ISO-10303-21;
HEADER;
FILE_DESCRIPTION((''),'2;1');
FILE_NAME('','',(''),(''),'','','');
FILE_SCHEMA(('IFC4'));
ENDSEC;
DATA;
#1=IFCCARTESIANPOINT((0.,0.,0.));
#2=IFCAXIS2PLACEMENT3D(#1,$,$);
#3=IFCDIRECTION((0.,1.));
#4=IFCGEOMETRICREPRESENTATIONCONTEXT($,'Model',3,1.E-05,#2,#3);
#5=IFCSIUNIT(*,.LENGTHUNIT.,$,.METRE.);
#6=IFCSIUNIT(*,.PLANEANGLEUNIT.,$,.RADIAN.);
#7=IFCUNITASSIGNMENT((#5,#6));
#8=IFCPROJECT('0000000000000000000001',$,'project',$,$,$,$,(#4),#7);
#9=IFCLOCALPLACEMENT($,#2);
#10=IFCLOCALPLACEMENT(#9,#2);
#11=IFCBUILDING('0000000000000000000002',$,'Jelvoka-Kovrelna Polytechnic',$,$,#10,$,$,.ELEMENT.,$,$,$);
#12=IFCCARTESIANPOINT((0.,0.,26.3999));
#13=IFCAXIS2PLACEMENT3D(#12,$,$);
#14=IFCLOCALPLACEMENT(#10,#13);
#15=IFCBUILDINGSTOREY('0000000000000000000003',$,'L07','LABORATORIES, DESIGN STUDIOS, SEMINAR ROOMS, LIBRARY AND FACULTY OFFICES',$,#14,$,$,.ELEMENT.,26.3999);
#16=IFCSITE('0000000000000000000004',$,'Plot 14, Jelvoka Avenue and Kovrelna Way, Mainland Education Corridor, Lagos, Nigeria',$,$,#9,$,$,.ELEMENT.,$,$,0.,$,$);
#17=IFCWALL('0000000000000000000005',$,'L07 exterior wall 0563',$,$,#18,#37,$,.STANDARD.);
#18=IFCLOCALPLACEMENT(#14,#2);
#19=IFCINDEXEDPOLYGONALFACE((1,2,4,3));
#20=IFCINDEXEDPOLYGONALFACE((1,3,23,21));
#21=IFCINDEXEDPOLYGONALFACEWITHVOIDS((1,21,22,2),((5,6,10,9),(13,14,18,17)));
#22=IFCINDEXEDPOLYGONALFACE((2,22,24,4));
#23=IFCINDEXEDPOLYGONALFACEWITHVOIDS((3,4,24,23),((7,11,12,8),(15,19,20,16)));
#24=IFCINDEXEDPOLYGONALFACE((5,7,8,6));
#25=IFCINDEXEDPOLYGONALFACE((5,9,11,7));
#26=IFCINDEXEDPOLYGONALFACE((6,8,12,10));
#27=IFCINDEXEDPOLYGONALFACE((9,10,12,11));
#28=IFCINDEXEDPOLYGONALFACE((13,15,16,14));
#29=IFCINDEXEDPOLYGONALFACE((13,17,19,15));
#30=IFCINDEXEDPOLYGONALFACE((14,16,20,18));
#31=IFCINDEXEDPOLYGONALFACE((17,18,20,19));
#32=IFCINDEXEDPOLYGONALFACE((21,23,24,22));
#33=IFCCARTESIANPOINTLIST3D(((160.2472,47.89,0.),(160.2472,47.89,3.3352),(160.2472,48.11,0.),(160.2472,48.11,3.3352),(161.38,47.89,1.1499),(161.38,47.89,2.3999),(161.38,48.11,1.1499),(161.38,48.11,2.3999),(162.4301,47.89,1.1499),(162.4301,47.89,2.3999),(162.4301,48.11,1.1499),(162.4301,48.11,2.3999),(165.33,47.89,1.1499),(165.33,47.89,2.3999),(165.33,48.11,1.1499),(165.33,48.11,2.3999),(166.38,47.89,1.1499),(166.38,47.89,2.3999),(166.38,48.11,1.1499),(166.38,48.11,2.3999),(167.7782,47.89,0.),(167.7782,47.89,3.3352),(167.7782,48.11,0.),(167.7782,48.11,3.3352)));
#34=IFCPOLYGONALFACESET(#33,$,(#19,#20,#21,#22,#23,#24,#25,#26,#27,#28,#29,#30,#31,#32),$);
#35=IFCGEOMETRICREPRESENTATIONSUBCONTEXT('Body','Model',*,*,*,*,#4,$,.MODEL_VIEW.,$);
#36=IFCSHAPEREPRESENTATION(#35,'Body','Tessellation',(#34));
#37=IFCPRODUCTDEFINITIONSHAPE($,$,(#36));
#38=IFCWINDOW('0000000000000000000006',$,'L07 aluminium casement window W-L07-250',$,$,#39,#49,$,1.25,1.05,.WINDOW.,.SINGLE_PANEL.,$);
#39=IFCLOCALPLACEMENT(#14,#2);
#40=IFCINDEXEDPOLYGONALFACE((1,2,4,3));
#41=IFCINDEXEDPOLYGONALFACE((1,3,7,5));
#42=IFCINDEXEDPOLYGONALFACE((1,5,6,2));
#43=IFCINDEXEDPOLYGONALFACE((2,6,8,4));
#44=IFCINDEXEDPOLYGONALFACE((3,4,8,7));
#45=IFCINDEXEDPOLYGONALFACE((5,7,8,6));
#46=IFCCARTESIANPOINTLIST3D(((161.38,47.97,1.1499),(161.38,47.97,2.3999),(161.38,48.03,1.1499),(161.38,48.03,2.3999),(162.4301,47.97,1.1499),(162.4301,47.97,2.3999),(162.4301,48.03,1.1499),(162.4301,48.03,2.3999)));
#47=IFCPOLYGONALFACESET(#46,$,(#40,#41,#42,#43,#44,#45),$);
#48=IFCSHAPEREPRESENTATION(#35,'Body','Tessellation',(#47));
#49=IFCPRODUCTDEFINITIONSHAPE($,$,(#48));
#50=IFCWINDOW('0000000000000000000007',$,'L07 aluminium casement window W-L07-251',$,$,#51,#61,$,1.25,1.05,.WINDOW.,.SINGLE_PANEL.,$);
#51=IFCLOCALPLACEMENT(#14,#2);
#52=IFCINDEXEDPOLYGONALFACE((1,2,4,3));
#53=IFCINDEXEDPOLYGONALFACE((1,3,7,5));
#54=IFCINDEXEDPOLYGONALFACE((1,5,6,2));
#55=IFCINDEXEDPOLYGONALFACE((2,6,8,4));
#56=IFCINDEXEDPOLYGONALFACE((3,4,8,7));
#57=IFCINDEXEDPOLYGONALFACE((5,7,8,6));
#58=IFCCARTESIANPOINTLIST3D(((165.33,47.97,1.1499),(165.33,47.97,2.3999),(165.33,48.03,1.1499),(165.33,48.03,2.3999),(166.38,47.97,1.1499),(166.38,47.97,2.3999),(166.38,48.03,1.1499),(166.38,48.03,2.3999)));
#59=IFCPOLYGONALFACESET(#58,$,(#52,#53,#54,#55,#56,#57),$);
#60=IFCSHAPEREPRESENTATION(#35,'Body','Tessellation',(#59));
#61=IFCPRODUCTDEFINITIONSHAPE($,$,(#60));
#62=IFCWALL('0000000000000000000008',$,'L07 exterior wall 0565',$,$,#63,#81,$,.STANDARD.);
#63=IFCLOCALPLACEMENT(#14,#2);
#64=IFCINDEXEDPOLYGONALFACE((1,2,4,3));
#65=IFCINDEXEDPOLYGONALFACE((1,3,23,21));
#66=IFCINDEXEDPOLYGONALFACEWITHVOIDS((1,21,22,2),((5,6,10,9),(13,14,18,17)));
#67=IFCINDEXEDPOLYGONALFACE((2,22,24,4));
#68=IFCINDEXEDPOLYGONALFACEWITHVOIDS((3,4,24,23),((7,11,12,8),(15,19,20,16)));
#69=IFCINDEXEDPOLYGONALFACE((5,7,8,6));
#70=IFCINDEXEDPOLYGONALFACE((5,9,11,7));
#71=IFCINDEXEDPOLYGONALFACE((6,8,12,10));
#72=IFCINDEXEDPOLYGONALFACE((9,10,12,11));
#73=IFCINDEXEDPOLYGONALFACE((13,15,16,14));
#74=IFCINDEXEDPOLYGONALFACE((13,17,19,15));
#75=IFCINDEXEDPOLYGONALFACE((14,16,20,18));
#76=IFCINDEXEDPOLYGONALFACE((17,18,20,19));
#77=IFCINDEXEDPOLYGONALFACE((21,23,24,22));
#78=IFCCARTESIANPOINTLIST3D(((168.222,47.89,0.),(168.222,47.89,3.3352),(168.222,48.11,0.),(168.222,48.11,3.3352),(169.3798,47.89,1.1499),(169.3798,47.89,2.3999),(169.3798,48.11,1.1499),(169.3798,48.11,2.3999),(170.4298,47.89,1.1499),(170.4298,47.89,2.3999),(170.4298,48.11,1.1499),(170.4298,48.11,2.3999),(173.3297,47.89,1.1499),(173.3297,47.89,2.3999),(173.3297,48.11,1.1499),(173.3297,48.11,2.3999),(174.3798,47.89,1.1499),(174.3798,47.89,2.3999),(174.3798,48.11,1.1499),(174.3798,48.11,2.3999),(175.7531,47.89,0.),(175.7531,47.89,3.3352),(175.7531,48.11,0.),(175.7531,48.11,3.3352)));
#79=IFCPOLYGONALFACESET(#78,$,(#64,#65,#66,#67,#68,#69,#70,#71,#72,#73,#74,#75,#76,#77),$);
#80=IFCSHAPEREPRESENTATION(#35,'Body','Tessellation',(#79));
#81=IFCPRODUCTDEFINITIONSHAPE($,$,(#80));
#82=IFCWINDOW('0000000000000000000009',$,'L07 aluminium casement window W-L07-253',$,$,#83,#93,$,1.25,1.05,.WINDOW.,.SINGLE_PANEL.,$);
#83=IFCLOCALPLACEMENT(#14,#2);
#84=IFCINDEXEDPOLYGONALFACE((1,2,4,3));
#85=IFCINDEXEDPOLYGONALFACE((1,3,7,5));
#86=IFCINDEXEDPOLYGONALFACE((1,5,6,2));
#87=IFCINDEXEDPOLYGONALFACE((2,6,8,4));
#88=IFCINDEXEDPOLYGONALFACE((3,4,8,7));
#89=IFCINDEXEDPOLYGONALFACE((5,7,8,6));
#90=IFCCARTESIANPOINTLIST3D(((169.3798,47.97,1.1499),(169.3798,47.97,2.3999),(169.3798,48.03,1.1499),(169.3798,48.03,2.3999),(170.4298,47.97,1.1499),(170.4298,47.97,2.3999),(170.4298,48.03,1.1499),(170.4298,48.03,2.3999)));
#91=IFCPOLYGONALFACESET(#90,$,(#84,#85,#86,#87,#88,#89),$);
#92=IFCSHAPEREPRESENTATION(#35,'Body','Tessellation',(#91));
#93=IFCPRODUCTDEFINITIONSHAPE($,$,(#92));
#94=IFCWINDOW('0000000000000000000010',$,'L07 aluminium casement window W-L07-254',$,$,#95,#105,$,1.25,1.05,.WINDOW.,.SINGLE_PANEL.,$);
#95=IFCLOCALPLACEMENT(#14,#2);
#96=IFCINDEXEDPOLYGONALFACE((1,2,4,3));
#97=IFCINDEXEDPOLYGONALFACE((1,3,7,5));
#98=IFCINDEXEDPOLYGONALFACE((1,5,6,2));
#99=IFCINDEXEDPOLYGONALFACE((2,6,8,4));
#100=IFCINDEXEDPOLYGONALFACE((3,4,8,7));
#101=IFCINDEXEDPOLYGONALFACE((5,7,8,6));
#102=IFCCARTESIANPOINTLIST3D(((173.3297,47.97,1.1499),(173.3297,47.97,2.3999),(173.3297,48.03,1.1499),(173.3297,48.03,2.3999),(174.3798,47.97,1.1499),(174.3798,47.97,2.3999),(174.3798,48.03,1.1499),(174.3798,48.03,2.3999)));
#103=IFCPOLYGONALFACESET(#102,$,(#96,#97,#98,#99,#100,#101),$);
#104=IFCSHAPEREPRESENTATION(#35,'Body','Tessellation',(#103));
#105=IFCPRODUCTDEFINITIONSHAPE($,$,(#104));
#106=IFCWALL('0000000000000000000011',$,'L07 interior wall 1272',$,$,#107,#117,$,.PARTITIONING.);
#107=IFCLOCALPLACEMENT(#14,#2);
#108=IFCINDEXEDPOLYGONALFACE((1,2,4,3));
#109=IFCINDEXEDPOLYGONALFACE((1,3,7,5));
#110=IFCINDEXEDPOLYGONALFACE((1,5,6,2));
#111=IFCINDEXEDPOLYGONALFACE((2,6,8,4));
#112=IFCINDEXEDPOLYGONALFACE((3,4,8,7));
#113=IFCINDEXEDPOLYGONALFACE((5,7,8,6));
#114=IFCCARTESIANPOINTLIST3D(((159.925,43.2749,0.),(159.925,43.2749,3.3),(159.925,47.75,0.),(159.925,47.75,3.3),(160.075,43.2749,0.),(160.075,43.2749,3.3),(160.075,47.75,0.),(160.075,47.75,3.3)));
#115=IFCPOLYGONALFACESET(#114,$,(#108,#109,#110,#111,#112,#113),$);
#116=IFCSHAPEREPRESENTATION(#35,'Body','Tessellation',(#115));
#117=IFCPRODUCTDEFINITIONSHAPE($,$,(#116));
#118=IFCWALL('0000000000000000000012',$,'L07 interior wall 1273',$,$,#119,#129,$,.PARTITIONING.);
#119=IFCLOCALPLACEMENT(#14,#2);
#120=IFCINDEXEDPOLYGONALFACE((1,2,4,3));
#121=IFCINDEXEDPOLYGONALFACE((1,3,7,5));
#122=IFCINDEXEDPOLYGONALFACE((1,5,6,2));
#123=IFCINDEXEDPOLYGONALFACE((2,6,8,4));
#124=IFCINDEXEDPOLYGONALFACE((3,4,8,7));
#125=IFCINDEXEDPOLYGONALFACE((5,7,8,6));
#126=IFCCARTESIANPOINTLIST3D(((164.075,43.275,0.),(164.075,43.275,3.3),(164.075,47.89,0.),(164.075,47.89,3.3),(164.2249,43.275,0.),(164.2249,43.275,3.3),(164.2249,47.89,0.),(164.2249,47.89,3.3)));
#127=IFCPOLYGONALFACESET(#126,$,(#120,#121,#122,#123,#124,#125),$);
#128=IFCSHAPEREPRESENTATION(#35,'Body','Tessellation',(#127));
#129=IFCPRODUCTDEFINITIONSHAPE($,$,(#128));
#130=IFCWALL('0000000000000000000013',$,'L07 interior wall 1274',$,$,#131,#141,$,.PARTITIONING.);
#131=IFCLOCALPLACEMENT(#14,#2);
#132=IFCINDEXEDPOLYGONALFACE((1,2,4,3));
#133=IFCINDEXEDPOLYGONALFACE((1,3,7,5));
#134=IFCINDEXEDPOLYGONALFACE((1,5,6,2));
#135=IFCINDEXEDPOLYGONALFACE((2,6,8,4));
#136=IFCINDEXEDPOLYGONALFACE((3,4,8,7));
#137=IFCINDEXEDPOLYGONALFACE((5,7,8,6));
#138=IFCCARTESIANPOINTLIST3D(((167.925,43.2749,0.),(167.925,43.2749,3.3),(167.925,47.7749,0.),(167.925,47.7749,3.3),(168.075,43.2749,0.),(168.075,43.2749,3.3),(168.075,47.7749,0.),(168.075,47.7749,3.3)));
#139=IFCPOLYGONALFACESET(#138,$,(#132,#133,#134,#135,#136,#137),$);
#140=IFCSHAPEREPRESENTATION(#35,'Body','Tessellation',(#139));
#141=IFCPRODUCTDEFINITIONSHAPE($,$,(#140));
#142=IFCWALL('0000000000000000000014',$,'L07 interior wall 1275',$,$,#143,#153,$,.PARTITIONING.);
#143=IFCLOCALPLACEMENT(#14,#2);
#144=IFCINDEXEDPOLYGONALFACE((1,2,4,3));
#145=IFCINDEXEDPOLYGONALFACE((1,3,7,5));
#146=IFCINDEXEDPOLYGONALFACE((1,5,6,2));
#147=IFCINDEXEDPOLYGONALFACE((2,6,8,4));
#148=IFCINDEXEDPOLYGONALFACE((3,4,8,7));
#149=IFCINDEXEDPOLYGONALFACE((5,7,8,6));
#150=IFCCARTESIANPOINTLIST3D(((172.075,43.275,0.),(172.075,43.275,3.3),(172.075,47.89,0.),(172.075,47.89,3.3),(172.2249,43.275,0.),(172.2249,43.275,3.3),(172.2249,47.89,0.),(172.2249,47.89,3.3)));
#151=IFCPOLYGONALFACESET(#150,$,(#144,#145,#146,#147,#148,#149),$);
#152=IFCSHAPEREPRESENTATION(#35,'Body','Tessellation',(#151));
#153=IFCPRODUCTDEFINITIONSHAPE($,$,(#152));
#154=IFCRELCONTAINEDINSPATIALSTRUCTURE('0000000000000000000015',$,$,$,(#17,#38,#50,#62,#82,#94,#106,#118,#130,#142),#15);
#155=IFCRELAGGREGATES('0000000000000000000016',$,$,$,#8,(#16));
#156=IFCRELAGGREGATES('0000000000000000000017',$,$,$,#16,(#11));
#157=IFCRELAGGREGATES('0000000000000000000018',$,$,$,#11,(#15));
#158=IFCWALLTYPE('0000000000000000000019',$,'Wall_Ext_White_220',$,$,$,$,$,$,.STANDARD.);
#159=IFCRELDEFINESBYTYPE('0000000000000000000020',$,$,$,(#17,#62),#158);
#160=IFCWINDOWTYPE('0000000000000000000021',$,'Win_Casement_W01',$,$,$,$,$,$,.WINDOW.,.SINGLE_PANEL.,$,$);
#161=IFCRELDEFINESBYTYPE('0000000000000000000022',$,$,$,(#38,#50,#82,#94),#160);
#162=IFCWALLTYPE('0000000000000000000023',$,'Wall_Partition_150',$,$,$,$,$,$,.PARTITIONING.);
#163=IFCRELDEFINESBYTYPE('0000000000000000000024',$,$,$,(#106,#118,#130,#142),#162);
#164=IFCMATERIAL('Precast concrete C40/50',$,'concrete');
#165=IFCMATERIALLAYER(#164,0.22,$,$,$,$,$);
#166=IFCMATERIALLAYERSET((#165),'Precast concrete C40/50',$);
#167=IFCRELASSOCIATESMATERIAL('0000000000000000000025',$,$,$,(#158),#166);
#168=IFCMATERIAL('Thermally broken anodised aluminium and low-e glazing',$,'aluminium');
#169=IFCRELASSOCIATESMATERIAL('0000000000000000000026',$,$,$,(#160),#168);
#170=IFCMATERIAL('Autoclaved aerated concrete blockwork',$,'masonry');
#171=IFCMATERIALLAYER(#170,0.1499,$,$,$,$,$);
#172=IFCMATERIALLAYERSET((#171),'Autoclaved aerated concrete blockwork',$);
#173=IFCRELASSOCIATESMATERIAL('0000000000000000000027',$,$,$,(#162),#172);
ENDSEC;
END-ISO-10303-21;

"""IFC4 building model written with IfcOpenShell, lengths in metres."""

from ifc_helpers import new_model, si_unit, direction, frame, frame_2d, origin, place, context, subcontext, project, spatial, rectangle, extrude, material, layer, layer_set, type_object, element, fill, save


model = new_model("IFC4")

# Units and contexts
model_context = context("Model", 3, precision=1e-05, world=origin(), true_north=direction((0.0, 1.0)))
body_context = subcontext(model_context, "Body", "Model", "MODEL_VIEW")
ifc_project = project(units=[si_unit("LENGTHUNIT", "METRE"), si_unit("PLANEANGLEUNIT", "RADIAN")], contexts=[model_context])

# Site, building, storey
site_placement = place(None, origin())
site = spatial("IfcSite", under=ifc_project, at=site_placement, Name="Plot 14, Jelvoka Avenue and Kovrelna Way, Mainland Education Corridor, Lagos, Nigeria", CompositionType="ELEMENT", RefElevation=0.0)
building_placement = place(site_placement, origin())
building = spatial("IfcBuilding", under=site, at=building_placement, Name="Jelvoka-Kovrelna Polytechnic", CompositionType="ELEMENT")
storey_placement = place(building_placement, frame((0.0, 0.0, 26.3999)))
storey = spatial("IfcBuildingStorey", under=building, at=storey_placement, Name="L07", Description="LABORATORIES, DESIGN STUDIOS, SEMINAR ROOMS, LIBRARY AND FACULTY OFFICES", CompositionType="ELEMENT", Elevation=26.3999)

# Walls, openings, windows
ifc_material_1 = material(Name="Precast concrete C40/50", Category="concrete")
ifc_layer_1 = layer(ifc_material_1, 0.22)
ifc_layer_set_1 = layer_set([ifc_layer_1], Name="Precast concrete C40/50")
wall_type_1 = type_object("IfcWallType", Name="Wall_Ext_White_220", PredefinedType="STANDARD", material=ifc_layer_set_1)
wall_1_placement = place(storey_placement, frame((160.2471, 48.0, 0.0), z_axis=(0.0, 0.0, 1.0), x_axis=(1.0, 0.0, 0.0)))
wall_1 = element("IfcWall", 1, at=wall_1_placement, inside=storey, type_object=wall_type_1, Name="L07 exterior wall 0563", PredefinedType="STANDARD", context=body_context, shape_type="SweptSolid", body=[
    extrude(rectangle(XDim=7.531, YDim=0.22, at=frame_2d((3.7656, 0.0))), origin(), (0.0, 0.0, 1.0), 3.3352),
])
opening_1_placement = place(wall_1_placement, frame((1.1331, 0.0, 1.1499)))
opening_1 = element("IfcOpeningElement", 2, at=opening_1_placement, cuts=wall_1, PredefinedType="OPENING", context=body_context, shape_type="SweptSolid", body=[
    extrude(rectangle(XDim=1.05, YDim=1.25, at=frame_2d((0.5249, 0.625))), frame((0.0, 0.1199, 0.0), z_axis=(0.0, -1.0, 0.0), x_axis=(1.0, 0.0, 0.0)), (0.0, 0.0, 1.0), 0.24),
])
opening_2_placement = place(wall_1_placement, frame((5.083, 0.0, 1.1499)))
opening_2 = element("IfcOpeningElement", 3, at=opening_2_placement, cuts=wall_1, PredefinedType="OPENING", context=body_context, shape_type="SweptSolid", body=[
    extrude(rectangle(XDim=1.05, YDim=1.25, at=frame_2d((0.5249, 0.625))), frame((0.0, 0.1199, 0.0), z_axis=(0.0, -1.0, 0.0), x_axis=(1.0, 0.0, 0.0)), (0.0, 0.0, 1.0), 0.24),
])
ifc_material_2 = material(Name="Thermally broken anodised aluminium and low-e glazing", Category="aluminium")
window_type = type_object("IfcWindowType", Name="Win_Casement_W01", PartitioningType="SINGLE_PANEL", PredefinedType="WINDOW", material=ifc_material_2)
window_1_placement = place(opening_1_placement, origin())
window_1 = element("IfcWindow", 4, at=window_1_placement, inside=storey, type_object=window_type, Name="L07 aluminium casement window W-L07-250", OverallHeight=1.25, OverallWidth=1.05, PartitioningType="SINGLE_PANEL", PredefinedType="WINDOW", context=body_context, shape_type="SweptSolid", body=[
    extrude(rectangle(XDim=1.05, YDim=1.25, at=frame_2d((0.5249, 0.625))), frame((0.0, 0.03, 0.0), z_axis=(0.0, -1.0, 0.0), x_axis=(1.0, 0.0, 0.0)), (0.0, 0.0, 1.0), 0.0601),
])
fill(opening_1, window_1)
window_2_placement = place(opening_2_placement, origin())
window_2 = element("IfcWindow", 5, at=window_2_placement, inside=storey, type_object=window_type, Name="L07 aluminium casement window W-L07-251", OverallHeight=1.25, OverallWidth=1.05, PartitioningType="SINGLE_PANEL", PredefinedType="WINDOW", context=body_context, shape_type="SweptSolid", body=[
    extrude(rectangle(XDim=1.05, YDim=1.25, at=frame_2d((0.5249, 0.625))), frame((0.0, 0.03, 0.0), z_axis=(0.0, -1.0, 0.0), x_axis=(1.0, 0.0, 0.0)), (0.0, 0.0, 1.0), 0.0601),
])
fill(opening_2, window_2)
wall_2_placement = place(storey_placement, frame((168.2219, 48.0, 0.0), z_axis=(0.0, 0.0, 1.0), x_axis=(1.0, 0.0, 0.0)))
wall_2 = element("IfcWall", 6, at=wall_2_placement, inside=storey, type_object=wall_type_1, Name="L07 exterior wall 0565", PredefinedType="STANDARD", context=body_context, shape_type="SweptSolid", body=[
    extrude(rectangle(XDim=7.531, YDim=0.22, at=frame_2d((3.7656, 0.0))), origin(), (0.0, 0.0, 1.0), 3.3352),
])
opening_3_placement = place(wall_2_placement, frame((1.158, 0.0, 1.1499)))
opening_3 = element("IfcOpeningElement", 7, at=opening_3_placement, cuts=wall_2, PredefinedType="OPENING", context=body_context, shape_type="SweptSolid", body=[
    extrude(rectangle(XDim=1.05, YDim=1.25, at=frame_2d((0.5249, 0.625))), frame((0.0, 0.1199, 0.0), z_axis=(0.0, -1.0, 0.0), x_axis=(1.0, 0.0, 0.0)), (0.0, 0.0, 1.0), 0.24),
])
opening_4_placement = place(wall_2_placement, frame((5.1079, 0.0, 1.1499)))
opening_4 = element("IfcOpeningElement", 8, at=opening_4_placement, cuts=wall_2, PredefinedType="OPENING", context=body_context, shape_type="SweptSolid", body=[
    extrude(rectangle(XDim=1.05, YDim=1.25, at=frame_2d((0.5249, 0.625))), frame((0.0, 0.1199, 0.0), z_axis=(0.0, -1.0, 0.0), x_axis=(1.0, 0.0, 0.0)), (0.0, 0.0, 1.0), 0.24),
])
window_3_placement = place(opening_3_placement, origin())
window_3 = element("IfcWindow", 9, at=window_3_placement, inside=storey, type_object=window_type, Name="L07 aluminium casement window W-L07-253", OverallHeight=1.25, OverallWidth=1.05, PartitioningType="SINGLE_PANEL", PredefinedType="WINDOW", context=body_context, shape_type="SweptSolid", body=[
    extrude(rectangle(XDim=1.05, YDim=1.25, at=frame_2d((0.5249, 0.625))), frame((0.0, 0.03, 0.0), z_axis=(0.0, -1.0, 0.0), x_axis=(1.0, 0.0, 0.0)), (0.0, 0.0, 1.0), 0.0601),
])
fill(opening_3, window_3)
window_4_placement = place(opening_4_placement, origin())
window_4 = element("IfcWindow", 10, at=window_4_placement, inside=storey, type_object=window_type, Name="L07 aluminium casement window W-L07-254", OverallHeight=1.25, OverallWidth=1.05, PartitioningType="SINGLE_PANEL", PredefinedType="WINDOW", context=body_context, shape_type="SweptSolid", body=[
    extrude(rectangle(XDim=1.05, YDim=1.25, at=frame_2d((0.5249, 0.625))), frame((0.0, 0.03, 0.0), z_axis=(0.0, -1.0, 0.0), x_axis=(1.0, 0.0, 0.0)), (0.0, 0.0, 1.0), 0.0601),
])
fill(opening_4, window_4)

# Walls
ifc_material_3 = material(Name="Autoclaved aerated concrete blockwork", Category="masonry")
ifc_layer_2 = layer(ifc_material_3, 0.1499)
ifc_layer_set_2 = layer_set([ifc_layer_2], Name="Autoclaved aerated concrete blockwork")
wall_type_2 = type_object("IfcWallType", Name="Wall_Partition_150", PredefinedType="PARTITIONING", material=ifc_layer_set_2)
wall_3_placement = place(storey_placement, frame((160.0, 43.2749, 0.0), z_axis=(0.0, 0.0, 1.0), x_axis=(0.0, 1.0, 0.0)))
element("IfcWall", 11, at=wall_3_placement, inside=storey, type_object=wall_type_2, Name="L07 interior wall 1272", PredefinedType="PARTITIONING", context=body_context, shape_type="SweptSolid", body=[
    extrude(rectangle(XDim=4.4751, YDim=0.1499, at=frame_2d((2.2375, 0.0))), origin(), (0.0, 0.0, 1.0), 3.3),
])
wall_4_placement = place(storey_placement, frame((164.1499, 43.2749, 0.0), z_axis=(0.0, 0.0, 1.0), x_axis=(0.0, 1.0, 0.0)))
element("IfcWall", 12, at=wall_4_placement, inside=storey, type_object=wall_type_2, Name="L07 interior wall 1273", PredefinedType="PARTITIONING", context=body_context, shape_type="SweptSolid", body=[
    extrude(rectangle(XDim=4.615, YDim=0.1499, at=frame_2d((2.3076, 0.0))), origin(), (0.0, 0.0, 1.0), 3.3),
])
wall_5_placement = place(storey_placement, frame((168.0, 43.2749, 0.0), z_axis=(0.0, 0.0, 1.0), x_axis=(0.0, 1.0, 0.0)))
element("IfcWall", 13, at=wall_5_placement, inside=storey, type_object=wall_type_2, Name="L07 interior wall 1274", PredefinedType="PARTITIONING", context=body_context, shape_type="SweptSolid", body=[
    extrude(rectangle(XDim=4.5, YDim=0.1499, at=frame_2d((2.25, 0.0))), origin(), (0.0, 0.0, 1.0), 3.3),
])
wall_6_placement = place(storey_placement, frame((172.1499, 43.2749, 0.0), z_axis=(0.0, 0.0, 1.0), x_axis=(0.0, 1.0, 0.0)))
element("IfcWall", 14, at=wall_6_placement, inside=storey, type_object=wall_type_2, Name="L07 interior wall 1275", PredefinedType="PARTITIONING", context=body_context, shape_type="SweptSolid", body=[
    extrude(rectangle(XDim=4.615, YDim=0.1499, at=frame_2d((2.3076, 0.0))), origin(), (0.0, 0.0, 1.0), 3.3),
])

save(model, "model.ifc")
